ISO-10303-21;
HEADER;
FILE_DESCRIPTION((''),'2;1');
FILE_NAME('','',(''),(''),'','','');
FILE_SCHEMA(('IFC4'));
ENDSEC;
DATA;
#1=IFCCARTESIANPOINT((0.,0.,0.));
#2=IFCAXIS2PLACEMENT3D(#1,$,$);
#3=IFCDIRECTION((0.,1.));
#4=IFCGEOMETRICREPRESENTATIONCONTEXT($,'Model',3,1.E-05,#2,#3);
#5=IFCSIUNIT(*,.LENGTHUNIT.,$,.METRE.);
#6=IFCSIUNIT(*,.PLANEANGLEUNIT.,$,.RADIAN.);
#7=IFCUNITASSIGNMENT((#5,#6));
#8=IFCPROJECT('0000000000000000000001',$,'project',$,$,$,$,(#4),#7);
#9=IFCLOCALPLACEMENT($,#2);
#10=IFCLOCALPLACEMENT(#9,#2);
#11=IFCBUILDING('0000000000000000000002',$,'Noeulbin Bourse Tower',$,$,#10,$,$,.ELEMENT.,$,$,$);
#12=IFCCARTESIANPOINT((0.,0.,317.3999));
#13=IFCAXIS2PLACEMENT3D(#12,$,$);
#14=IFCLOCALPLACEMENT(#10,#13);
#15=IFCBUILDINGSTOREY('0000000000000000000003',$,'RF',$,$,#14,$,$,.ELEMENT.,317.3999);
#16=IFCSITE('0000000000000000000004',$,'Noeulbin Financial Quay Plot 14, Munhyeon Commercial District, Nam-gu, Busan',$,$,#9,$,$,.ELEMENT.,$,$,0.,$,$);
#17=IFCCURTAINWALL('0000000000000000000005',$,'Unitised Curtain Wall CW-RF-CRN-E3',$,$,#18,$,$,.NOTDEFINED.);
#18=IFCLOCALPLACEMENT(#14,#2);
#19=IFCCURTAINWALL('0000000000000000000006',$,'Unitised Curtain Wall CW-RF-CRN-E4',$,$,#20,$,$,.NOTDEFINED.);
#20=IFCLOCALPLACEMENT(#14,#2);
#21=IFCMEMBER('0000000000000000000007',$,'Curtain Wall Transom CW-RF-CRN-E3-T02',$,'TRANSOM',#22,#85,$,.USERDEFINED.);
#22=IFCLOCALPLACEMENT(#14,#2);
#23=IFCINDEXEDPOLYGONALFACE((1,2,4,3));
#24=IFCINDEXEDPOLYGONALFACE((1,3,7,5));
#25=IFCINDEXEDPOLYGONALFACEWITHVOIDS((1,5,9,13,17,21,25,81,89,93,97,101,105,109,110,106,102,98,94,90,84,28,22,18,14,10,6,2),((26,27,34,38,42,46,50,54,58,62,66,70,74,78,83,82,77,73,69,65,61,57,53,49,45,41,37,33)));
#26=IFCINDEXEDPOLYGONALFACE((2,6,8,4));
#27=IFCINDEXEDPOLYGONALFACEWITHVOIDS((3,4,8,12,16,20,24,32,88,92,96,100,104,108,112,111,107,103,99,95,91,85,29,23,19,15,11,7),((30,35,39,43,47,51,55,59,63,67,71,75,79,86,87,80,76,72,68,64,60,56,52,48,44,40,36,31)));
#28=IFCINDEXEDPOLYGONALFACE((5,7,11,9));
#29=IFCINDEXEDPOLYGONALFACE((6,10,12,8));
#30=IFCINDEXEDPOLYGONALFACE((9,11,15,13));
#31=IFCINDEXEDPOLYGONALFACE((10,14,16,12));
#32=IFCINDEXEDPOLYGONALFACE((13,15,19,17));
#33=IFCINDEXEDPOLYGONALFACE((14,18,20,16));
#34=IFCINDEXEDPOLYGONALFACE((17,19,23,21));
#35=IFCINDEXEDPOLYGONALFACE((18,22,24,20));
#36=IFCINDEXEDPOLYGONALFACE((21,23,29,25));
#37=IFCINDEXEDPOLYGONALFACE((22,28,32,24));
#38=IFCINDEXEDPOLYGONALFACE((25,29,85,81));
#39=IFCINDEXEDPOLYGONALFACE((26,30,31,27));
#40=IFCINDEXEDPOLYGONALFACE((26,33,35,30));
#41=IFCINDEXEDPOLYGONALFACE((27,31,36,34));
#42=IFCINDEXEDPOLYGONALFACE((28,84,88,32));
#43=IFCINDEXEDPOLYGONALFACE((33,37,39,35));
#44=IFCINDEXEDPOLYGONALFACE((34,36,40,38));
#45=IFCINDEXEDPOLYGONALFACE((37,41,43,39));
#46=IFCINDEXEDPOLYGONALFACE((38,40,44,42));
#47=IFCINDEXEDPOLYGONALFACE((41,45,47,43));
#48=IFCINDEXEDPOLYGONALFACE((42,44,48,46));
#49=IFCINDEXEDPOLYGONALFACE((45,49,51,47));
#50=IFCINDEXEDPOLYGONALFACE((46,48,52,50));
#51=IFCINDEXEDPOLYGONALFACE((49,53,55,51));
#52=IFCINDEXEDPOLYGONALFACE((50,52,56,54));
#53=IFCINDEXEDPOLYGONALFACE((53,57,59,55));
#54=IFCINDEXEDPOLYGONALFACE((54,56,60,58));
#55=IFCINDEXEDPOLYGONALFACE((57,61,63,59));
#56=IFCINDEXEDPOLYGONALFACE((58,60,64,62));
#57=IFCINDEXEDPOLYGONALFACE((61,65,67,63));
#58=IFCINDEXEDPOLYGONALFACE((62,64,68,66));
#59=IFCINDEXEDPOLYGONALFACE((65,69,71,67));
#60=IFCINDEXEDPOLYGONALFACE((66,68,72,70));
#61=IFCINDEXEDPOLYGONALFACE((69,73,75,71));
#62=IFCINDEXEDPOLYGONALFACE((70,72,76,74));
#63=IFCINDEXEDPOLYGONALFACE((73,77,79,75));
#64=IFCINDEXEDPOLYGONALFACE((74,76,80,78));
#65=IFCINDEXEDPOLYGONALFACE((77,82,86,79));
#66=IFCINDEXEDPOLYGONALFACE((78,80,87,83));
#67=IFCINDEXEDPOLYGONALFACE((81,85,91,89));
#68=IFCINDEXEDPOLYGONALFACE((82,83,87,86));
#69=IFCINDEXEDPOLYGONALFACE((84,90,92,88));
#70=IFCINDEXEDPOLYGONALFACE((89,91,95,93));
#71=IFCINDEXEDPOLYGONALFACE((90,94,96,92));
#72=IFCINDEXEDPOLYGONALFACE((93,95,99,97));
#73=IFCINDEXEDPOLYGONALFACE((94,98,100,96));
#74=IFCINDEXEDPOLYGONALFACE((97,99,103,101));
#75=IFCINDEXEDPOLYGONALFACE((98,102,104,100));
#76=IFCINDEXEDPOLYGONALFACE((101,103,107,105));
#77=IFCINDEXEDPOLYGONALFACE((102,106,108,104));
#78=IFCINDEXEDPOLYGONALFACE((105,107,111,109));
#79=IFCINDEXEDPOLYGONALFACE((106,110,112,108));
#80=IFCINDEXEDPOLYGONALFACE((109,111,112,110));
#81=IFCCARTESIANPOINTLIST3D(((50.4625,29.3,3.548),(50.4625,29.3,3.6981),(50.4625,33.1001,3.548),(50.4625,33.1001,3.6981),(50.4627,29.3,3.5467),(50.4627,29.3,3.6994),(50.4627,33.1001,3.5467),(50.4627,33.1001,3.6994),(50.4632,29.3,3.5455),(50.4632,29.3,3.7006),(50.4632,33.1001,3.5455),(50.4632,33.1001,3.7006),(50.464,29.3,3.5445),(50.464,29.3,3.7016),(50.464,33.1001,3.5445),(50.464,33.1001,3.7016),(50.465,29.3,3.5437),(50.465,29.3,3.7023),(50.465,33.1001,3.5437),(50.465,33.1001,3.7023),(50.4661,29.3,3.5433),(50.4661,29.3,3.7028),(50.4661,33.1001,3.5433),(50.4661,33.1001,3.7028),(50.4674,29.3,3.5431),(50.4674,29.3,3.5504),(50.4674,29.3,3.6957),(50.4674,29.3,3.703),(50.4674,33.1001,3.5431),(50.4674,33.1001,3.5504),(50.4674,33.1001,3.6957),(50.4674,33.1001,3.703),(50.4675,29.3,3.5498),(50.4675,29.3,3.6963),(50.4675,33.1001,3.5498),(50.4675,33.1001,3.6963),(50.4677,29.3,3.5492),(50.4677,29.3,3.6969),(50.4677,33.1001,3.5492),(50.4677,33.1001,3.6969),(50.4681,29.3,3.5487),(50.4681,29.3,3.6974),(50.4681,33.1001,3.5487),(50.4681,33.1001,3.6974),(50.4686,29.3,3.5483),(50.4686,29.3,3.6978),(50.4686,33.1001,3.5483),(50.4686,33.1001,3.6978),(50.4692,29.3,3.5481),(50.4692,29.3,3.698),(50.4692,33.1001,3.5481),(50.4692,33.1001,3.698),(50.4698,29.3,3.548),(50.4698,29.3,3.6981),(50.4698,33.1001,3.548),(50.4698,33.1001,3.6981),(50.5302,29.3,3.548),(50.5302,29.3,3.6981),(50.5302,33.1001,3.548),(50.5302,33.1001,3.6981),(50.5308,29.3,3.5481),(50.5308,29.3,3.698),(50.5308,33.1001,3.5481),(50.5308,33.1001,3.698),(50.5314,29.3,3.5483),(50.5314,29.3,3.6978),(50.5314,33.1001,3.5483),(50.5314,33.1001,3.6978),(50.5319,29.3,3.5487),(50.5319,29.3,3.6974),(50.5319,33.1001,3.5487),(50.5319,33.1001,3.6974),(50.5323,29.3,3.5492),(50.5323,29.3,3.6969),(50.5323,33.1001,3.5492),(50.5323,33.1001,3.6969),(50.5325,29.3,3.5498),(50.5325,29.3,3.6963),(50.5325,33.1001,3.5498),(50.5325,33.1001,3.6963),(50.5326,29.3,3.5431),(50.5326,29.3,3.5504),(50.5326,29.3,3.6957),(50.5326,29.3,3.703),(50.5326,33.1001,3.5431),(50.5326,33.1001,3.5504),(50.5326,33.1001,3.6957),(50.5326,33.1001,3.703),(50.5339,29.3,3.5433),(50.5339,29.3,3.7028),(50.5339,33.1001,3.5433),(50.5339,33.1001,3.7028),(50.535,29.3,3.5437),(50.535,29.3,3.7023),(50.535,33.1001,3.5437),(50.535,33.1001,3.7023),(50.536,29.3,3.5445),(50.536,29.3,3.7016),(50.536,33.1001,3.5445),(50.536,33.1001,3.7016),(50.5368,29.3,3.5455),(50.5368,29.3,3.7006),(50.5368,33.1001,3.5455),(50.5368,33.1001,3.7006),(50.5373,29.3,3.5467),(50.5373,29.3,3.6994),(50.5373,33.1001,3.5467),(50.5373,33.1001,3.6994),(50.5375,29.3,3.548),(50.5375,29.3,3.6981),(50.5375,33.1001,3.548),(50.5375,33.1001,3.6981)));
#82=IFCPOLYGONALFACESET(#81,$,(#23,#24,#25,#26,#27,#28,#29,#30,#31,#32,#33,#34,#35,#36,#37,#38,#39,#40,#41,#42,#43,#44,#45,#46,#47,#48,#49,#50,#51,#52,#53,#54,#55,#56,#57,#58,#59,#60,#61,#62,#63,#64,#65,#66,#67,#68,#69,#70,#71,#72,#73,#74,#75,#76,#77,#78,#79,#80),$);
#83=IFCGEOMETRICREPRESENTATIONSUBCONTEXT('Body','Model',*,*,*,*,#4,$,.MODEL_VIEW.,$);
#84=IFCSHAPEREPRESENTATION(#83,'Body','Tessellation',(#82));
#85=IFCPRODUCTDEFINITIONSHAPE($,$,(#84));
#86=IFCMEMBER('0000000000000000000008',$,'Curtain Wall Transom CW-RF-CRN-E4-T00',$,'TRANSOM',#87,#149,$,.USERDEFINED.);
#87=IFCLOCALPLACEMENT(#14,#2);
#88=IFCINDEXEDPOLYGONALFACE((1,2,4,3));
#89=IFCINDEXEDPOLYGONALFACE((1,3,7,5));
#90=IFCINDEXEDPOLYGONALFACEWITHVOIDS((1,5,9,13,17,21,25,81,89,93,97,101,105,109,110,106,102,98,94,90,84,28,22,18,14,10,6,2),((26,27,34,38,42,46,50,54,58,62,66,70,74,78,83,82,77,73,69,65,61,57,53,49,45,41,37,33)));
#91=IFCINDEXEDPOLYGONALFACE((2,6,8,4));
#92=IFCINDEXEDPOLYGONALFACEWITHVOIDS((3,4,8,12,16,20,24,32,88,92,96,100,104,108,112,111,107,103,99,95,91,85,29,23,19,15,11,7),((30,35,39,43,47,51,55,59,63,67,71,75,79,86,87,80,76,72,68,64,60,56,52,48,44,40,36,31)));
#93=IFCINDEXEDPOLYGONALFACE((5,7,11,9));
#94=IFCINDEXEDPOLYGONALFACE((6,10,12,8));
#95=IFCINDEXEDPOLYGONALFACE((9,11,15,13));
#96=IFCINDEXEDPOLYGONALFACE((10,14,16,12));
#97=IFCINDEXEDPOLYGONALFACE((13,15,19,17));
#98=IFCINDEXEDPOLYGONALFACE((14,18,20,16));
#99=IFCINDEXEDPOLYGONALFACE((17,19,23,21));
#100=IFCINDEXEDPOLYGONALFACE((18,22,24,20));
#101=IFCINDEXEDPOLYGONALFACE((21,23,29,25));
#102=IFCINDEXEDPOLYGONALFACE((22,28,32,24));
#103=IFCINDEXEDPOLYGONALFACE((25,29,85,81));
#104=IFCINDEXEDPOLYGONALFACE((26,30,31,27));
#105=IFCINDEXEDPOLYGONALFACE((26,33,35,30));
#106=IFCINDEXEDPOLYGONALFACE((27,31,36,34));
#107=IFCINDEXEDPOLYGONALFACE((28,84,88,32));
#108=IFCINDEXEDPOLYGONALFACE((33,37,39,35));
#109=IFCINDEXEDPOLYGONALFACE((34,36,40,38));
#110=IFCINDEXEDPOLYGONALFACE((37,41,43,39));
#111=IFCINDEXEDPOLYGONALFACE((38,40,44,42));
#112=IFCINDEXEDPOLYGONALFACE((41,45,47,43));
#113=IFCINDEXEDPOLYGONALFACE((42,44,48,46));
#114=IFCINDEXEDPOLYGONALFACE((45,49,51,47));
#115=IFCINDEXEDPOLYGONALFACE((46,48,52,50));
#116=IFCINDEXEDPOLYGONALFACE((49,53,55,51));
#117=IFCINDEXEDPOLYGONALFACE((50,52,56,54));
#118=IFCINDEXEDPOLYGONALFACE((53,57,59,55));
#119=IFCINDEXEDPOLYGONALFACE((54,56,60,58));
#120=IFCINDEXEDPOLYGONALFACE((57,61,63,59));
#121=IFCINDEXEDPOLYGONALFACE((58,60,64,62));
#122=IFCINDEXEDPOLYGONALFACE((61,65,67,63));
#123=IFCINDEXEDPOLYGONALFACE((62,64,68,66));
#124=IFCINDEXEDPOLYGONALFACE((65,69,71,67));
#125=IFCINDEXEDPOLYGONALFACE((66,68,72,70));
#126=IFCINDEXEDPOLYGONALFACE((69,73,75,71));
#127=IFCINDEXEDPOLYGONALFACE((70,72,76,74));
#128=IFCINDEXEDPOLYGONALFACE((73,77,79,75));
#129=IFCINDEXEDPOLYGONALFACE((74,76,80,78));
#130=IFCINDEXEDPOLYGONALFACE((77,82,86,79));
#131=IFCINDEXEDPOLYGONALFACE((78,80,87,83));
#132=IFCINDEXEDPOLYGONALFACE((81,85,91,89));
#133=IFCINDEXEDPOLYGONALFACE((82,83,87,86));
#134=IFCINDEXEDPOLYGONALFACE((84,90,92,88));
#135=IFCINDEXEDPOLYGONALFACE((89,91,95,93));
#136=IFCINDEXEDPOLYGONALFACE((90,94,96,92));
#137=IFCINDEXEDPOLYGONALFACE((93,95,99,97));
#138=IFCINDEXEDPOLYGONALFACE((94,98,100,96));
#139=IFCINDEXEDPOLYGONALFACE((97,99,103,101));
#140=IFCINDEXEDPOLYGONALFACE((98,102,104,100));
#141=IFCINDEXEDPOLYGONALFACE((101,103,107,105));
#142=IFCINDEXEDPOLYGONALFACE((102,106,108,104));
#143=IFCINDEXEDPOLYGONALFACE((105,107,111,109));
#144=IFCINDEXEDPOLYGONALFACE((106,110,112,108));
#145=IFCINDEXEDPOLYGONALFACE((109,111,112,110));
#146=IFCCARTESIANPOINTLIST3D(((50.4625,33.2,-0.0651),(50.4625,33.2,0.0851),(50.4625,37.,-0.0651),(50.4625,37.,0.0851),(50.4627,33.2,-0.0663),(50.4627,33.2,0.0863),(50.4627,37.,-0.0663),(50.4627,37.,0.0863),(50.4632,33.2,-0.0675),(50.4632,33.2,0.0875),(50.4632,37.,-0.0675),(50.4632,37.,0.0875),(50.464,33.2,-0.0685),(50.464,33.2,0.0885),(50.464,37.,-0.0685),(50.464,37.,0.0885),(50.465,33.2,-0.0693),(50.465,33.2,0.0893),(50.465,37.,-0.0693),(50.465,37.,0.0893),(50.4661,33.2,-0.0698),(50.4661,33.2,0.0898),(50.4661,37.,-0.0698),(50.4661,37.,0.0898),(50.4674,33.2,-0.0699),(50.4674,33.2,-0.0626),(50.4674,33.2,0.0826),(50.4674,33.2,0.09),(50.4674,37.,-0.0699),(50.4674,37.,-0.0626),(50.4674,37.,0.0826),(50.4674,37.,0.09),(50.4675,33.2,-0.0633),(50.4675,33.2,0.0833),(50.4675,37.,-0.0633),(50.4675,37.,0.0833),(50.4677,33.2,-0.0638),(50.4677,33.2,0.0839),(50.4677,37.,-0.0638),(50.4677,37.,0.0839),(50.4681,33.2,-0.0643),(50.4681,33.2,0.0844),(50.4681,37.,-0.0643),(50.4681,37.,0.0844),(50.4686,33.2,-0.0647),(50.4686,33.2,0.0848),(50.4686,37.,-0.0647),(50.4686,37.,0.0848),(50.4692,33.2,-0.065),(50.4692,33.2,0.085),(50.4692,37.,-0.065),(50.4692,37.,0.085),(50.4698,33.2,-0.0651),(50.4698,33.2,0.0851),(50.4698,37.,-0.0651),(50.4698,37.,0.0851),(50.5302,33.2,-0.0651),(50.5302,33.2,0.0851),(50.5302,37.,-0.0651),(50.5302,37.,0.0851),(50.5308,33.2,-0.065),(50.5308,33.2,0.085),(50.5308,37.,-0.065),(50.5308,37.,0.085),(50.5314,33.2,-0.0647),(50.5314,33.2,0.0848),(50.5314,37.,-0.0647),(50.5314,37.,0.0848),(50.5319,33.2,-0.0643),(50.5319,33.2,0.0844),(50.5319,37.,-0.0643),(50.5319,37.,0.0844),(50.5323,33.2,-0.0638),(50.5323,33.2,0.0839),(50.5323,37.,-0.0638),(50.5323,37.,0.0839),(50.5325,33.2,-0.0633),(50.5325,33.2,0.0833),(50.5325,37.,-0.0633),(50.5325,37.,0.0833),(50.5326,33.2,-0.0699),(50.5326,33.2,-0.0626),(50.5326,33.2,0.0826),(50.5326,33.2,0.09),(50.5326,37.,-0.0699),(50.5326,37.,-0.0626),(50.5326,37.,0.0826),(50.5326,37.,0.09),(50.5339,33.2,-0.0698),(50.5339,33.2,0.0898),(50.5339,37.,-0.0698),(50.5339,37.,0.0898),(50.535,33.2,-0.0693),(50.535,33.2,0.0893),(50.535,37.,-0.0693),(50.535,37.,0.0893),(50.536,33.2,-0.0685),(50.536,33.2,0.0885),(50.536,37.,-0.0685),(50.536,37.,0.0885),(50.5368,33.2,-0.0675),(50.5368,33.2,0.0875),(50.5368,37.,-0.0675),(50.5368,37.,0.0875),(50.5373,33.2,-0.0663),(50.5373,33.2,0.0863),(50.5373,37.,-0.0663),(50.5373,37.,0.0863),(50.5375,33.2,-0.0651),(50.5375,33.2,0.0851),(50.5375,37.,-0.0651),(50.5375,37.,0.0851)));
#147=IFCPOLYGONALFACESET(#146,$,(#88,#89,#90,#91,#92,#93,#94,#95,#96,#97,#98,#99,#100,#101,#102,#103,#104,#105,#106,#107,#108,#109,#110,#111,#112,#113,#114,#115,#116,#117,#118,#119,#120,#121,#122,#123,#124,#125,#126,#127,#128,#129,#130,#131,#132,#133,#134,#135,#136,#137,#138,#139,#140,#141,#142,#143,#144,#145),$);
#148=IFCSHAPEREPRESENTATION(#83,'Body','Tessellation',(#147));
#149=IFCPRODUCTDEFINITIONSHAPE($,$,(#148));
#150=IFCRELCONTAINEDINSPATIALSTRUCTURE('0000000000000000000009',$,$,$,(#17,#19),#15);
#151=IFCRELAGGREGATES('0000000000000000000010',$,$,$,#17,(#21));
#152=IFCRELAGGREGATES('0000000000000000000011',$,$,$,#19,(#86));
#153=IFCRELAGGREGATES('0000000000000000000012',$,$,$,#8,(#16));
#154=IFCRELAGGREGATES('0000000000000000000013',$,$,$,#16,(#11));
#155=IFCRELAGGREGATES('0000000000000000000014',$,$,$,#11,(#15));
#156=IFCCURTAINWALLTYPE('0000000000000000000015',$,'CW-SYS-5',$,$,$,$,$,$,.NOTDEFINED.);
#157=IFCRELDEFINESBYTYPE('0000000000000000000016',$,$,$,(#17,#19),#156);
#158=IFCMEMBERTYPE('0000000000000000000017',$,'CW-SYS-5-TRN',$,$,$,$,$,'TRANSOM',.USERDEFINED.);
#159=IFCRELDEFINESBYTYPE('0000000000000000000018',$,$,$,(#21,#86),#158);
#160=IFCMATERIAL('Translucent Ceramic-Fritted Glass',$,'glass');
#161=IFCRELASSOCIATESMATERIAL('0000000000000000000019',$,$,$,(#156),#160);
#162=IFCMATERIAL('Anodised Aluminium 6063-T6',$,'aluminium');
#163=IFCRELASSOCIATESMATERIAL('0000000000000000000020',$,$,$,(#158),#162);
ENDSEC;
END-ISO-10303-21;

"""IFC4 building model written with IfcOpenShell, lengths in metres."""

from ifc_helpers import new_model, si_unit, direction, frame, origin, origin_2d, place, context, subcontext, project, spatial, hollow_rectangle, extrude, material, material_profile, profile_set, type_object, element, aggregate, save


model = new_model("IFC4")

# Units and contexts
model_context = context("Model", 3, precision=1e-05, world=origin(), true_north=direction((0.0, 1.0)))
body_context = subcontext(model_context, "Body", "Model", "MODEL_VIEW")
ifc_project = project(units=[si_unit("LENGTHUNIT", "METRE"), si_unit("PLANEANGLEUNIT", "RADIAN")], contexts=[model_context])

# Site, building, storey
site_placement = place(None, origin())
site = spatial("IfcSite", under=ifc_project, at=site_placement, Name="Noeulbin Financial Quay Plot 14, Munhyeon Commercial District, Nam-gu, Busan", CompositionType="ELEMENT", RefElevation=0.0)
building_placement = place(site_placement, origin())
building = spatial("IfcBuilding", under=site, at=building_placement, Name="Noeulbin Bourse Tower", CompositionType="ELEMENT")
storey_placement = place(building_placement, frame((0.0, 0.0, 317.3999)))
storey = spatial("IfcBuildingStorey", under=building, at=storey_placement, Name="RF", CompositionType="ELEMENT", Elevation=317.3999)

# Curtain walls
ifc_material_1 = material(Name="Translucent Ceramic-Fritted Glass", Category="glass")
curtain_wall_type = type_object("IfcCurtainWallType", Name="CW-SYS-5", PredefinedType="NOTDEFINED", material=ifc_material_1)
ifc_material_2 = material(Name="Anodised Aluminium 6063-T6", Category="aluminium")
curtain_wall_1_placement = place(storey_placement, origin())
curtain_wall_1 = element("IfcCurtainWall", 1, at=curtain_wall_1_placement, inside=storey, type_object=curtain_wall_type, Name="Unitised Curtain Wall CW-RF-CRN-E3", PredefinedType="NOTDEFINED")
curtain_wall_2_placement = place(storey_placement, origin())
curtain_wall_2 = element("IfcCurtainWall", 2, at=curtain_wall_2_placement, inside=storey, type_object=curtain_wall_type, Name="Unitised Curtain Wall CW-RF-CRN-E4", PredefinedType="NOTDEFINED")

# Members
ifc_material_profile_1 = material_profile(ifc_material_2, hollow_rectangle(XDim=0.075, YDim=0.1599, WallThickness=0.0049, InnerFilletRadius=0.0024, OuterFilletRadius=0.0049, at=origin_2d()), Name="ALU-TRAN-75x160x5", Category="LoadBearing")
ifc_profile_set_1 = profile_set([ifc_material_profile_1], Name="Anodised Aluminium 6063-T6")
member_type_1 = type_object("IfcMemberType", Name="CW-SYS-5-TRN", ElementType="TRANSOM", PredefinedType="USERDEFINED", material=ifc_profile_set_1)
member_1_placement = place(storey_placement, frame((50.5, 29.3, 3.623), z_axis=(0.0, 1.0, 0.0), x_axis=(-1.0, 0.0, 0.0)))
member_1 = element("IfcMember", 3, at=member_1_placement, type_object=member_type_1, Name="Curtain Wall Transom CW-RF-CRN-E3-T02", ObjectType="TRANSOM", PredefinedType="USERDEFINED", context=body_context, shape_type="SweptSolid", body=[
    extrude(hollow_rectangle(XDim=0.075, YDim=0.1599, WallThickness=0.0049, InnerFilletRadius=0.0024, OuterFilletRadius=0.0049, at=origin_2d()), origin(), (0.0, 0.0, 1.0), 3.8),
])
member_2_placement = place(storey_placement, frame((50.5, 33.2, 0.01), z_axis=(0.0, 1.0, 0.0), x_axis=(-1.0, 0.0, 0.0)))
member_2 = element("IfcMember", 4, at=member_2_placement, type_object=member_type_1, Name="Curtain Wall Transom CW-RF-CRN-E4-T00", ObjectType="TRANSOM", PredefinedType="USERDEFINED", context=body_context, shape_type="SweptSolid", body=[
    extrude(hollow_rectangle(XDim=0.075, YDim=0.1599, WallThickness=0.0049, InnerFilletRadius=0.0024, OuterFilletRadius=0.0049, at=origin_2d()), origin(), (0.0, 0.0, 1.0), 3.8),
])

aggregate(curtain_wall_1, [member_1])
aggregate(curtain_wall_2, [member_2])

save(model, "model.ifc")
